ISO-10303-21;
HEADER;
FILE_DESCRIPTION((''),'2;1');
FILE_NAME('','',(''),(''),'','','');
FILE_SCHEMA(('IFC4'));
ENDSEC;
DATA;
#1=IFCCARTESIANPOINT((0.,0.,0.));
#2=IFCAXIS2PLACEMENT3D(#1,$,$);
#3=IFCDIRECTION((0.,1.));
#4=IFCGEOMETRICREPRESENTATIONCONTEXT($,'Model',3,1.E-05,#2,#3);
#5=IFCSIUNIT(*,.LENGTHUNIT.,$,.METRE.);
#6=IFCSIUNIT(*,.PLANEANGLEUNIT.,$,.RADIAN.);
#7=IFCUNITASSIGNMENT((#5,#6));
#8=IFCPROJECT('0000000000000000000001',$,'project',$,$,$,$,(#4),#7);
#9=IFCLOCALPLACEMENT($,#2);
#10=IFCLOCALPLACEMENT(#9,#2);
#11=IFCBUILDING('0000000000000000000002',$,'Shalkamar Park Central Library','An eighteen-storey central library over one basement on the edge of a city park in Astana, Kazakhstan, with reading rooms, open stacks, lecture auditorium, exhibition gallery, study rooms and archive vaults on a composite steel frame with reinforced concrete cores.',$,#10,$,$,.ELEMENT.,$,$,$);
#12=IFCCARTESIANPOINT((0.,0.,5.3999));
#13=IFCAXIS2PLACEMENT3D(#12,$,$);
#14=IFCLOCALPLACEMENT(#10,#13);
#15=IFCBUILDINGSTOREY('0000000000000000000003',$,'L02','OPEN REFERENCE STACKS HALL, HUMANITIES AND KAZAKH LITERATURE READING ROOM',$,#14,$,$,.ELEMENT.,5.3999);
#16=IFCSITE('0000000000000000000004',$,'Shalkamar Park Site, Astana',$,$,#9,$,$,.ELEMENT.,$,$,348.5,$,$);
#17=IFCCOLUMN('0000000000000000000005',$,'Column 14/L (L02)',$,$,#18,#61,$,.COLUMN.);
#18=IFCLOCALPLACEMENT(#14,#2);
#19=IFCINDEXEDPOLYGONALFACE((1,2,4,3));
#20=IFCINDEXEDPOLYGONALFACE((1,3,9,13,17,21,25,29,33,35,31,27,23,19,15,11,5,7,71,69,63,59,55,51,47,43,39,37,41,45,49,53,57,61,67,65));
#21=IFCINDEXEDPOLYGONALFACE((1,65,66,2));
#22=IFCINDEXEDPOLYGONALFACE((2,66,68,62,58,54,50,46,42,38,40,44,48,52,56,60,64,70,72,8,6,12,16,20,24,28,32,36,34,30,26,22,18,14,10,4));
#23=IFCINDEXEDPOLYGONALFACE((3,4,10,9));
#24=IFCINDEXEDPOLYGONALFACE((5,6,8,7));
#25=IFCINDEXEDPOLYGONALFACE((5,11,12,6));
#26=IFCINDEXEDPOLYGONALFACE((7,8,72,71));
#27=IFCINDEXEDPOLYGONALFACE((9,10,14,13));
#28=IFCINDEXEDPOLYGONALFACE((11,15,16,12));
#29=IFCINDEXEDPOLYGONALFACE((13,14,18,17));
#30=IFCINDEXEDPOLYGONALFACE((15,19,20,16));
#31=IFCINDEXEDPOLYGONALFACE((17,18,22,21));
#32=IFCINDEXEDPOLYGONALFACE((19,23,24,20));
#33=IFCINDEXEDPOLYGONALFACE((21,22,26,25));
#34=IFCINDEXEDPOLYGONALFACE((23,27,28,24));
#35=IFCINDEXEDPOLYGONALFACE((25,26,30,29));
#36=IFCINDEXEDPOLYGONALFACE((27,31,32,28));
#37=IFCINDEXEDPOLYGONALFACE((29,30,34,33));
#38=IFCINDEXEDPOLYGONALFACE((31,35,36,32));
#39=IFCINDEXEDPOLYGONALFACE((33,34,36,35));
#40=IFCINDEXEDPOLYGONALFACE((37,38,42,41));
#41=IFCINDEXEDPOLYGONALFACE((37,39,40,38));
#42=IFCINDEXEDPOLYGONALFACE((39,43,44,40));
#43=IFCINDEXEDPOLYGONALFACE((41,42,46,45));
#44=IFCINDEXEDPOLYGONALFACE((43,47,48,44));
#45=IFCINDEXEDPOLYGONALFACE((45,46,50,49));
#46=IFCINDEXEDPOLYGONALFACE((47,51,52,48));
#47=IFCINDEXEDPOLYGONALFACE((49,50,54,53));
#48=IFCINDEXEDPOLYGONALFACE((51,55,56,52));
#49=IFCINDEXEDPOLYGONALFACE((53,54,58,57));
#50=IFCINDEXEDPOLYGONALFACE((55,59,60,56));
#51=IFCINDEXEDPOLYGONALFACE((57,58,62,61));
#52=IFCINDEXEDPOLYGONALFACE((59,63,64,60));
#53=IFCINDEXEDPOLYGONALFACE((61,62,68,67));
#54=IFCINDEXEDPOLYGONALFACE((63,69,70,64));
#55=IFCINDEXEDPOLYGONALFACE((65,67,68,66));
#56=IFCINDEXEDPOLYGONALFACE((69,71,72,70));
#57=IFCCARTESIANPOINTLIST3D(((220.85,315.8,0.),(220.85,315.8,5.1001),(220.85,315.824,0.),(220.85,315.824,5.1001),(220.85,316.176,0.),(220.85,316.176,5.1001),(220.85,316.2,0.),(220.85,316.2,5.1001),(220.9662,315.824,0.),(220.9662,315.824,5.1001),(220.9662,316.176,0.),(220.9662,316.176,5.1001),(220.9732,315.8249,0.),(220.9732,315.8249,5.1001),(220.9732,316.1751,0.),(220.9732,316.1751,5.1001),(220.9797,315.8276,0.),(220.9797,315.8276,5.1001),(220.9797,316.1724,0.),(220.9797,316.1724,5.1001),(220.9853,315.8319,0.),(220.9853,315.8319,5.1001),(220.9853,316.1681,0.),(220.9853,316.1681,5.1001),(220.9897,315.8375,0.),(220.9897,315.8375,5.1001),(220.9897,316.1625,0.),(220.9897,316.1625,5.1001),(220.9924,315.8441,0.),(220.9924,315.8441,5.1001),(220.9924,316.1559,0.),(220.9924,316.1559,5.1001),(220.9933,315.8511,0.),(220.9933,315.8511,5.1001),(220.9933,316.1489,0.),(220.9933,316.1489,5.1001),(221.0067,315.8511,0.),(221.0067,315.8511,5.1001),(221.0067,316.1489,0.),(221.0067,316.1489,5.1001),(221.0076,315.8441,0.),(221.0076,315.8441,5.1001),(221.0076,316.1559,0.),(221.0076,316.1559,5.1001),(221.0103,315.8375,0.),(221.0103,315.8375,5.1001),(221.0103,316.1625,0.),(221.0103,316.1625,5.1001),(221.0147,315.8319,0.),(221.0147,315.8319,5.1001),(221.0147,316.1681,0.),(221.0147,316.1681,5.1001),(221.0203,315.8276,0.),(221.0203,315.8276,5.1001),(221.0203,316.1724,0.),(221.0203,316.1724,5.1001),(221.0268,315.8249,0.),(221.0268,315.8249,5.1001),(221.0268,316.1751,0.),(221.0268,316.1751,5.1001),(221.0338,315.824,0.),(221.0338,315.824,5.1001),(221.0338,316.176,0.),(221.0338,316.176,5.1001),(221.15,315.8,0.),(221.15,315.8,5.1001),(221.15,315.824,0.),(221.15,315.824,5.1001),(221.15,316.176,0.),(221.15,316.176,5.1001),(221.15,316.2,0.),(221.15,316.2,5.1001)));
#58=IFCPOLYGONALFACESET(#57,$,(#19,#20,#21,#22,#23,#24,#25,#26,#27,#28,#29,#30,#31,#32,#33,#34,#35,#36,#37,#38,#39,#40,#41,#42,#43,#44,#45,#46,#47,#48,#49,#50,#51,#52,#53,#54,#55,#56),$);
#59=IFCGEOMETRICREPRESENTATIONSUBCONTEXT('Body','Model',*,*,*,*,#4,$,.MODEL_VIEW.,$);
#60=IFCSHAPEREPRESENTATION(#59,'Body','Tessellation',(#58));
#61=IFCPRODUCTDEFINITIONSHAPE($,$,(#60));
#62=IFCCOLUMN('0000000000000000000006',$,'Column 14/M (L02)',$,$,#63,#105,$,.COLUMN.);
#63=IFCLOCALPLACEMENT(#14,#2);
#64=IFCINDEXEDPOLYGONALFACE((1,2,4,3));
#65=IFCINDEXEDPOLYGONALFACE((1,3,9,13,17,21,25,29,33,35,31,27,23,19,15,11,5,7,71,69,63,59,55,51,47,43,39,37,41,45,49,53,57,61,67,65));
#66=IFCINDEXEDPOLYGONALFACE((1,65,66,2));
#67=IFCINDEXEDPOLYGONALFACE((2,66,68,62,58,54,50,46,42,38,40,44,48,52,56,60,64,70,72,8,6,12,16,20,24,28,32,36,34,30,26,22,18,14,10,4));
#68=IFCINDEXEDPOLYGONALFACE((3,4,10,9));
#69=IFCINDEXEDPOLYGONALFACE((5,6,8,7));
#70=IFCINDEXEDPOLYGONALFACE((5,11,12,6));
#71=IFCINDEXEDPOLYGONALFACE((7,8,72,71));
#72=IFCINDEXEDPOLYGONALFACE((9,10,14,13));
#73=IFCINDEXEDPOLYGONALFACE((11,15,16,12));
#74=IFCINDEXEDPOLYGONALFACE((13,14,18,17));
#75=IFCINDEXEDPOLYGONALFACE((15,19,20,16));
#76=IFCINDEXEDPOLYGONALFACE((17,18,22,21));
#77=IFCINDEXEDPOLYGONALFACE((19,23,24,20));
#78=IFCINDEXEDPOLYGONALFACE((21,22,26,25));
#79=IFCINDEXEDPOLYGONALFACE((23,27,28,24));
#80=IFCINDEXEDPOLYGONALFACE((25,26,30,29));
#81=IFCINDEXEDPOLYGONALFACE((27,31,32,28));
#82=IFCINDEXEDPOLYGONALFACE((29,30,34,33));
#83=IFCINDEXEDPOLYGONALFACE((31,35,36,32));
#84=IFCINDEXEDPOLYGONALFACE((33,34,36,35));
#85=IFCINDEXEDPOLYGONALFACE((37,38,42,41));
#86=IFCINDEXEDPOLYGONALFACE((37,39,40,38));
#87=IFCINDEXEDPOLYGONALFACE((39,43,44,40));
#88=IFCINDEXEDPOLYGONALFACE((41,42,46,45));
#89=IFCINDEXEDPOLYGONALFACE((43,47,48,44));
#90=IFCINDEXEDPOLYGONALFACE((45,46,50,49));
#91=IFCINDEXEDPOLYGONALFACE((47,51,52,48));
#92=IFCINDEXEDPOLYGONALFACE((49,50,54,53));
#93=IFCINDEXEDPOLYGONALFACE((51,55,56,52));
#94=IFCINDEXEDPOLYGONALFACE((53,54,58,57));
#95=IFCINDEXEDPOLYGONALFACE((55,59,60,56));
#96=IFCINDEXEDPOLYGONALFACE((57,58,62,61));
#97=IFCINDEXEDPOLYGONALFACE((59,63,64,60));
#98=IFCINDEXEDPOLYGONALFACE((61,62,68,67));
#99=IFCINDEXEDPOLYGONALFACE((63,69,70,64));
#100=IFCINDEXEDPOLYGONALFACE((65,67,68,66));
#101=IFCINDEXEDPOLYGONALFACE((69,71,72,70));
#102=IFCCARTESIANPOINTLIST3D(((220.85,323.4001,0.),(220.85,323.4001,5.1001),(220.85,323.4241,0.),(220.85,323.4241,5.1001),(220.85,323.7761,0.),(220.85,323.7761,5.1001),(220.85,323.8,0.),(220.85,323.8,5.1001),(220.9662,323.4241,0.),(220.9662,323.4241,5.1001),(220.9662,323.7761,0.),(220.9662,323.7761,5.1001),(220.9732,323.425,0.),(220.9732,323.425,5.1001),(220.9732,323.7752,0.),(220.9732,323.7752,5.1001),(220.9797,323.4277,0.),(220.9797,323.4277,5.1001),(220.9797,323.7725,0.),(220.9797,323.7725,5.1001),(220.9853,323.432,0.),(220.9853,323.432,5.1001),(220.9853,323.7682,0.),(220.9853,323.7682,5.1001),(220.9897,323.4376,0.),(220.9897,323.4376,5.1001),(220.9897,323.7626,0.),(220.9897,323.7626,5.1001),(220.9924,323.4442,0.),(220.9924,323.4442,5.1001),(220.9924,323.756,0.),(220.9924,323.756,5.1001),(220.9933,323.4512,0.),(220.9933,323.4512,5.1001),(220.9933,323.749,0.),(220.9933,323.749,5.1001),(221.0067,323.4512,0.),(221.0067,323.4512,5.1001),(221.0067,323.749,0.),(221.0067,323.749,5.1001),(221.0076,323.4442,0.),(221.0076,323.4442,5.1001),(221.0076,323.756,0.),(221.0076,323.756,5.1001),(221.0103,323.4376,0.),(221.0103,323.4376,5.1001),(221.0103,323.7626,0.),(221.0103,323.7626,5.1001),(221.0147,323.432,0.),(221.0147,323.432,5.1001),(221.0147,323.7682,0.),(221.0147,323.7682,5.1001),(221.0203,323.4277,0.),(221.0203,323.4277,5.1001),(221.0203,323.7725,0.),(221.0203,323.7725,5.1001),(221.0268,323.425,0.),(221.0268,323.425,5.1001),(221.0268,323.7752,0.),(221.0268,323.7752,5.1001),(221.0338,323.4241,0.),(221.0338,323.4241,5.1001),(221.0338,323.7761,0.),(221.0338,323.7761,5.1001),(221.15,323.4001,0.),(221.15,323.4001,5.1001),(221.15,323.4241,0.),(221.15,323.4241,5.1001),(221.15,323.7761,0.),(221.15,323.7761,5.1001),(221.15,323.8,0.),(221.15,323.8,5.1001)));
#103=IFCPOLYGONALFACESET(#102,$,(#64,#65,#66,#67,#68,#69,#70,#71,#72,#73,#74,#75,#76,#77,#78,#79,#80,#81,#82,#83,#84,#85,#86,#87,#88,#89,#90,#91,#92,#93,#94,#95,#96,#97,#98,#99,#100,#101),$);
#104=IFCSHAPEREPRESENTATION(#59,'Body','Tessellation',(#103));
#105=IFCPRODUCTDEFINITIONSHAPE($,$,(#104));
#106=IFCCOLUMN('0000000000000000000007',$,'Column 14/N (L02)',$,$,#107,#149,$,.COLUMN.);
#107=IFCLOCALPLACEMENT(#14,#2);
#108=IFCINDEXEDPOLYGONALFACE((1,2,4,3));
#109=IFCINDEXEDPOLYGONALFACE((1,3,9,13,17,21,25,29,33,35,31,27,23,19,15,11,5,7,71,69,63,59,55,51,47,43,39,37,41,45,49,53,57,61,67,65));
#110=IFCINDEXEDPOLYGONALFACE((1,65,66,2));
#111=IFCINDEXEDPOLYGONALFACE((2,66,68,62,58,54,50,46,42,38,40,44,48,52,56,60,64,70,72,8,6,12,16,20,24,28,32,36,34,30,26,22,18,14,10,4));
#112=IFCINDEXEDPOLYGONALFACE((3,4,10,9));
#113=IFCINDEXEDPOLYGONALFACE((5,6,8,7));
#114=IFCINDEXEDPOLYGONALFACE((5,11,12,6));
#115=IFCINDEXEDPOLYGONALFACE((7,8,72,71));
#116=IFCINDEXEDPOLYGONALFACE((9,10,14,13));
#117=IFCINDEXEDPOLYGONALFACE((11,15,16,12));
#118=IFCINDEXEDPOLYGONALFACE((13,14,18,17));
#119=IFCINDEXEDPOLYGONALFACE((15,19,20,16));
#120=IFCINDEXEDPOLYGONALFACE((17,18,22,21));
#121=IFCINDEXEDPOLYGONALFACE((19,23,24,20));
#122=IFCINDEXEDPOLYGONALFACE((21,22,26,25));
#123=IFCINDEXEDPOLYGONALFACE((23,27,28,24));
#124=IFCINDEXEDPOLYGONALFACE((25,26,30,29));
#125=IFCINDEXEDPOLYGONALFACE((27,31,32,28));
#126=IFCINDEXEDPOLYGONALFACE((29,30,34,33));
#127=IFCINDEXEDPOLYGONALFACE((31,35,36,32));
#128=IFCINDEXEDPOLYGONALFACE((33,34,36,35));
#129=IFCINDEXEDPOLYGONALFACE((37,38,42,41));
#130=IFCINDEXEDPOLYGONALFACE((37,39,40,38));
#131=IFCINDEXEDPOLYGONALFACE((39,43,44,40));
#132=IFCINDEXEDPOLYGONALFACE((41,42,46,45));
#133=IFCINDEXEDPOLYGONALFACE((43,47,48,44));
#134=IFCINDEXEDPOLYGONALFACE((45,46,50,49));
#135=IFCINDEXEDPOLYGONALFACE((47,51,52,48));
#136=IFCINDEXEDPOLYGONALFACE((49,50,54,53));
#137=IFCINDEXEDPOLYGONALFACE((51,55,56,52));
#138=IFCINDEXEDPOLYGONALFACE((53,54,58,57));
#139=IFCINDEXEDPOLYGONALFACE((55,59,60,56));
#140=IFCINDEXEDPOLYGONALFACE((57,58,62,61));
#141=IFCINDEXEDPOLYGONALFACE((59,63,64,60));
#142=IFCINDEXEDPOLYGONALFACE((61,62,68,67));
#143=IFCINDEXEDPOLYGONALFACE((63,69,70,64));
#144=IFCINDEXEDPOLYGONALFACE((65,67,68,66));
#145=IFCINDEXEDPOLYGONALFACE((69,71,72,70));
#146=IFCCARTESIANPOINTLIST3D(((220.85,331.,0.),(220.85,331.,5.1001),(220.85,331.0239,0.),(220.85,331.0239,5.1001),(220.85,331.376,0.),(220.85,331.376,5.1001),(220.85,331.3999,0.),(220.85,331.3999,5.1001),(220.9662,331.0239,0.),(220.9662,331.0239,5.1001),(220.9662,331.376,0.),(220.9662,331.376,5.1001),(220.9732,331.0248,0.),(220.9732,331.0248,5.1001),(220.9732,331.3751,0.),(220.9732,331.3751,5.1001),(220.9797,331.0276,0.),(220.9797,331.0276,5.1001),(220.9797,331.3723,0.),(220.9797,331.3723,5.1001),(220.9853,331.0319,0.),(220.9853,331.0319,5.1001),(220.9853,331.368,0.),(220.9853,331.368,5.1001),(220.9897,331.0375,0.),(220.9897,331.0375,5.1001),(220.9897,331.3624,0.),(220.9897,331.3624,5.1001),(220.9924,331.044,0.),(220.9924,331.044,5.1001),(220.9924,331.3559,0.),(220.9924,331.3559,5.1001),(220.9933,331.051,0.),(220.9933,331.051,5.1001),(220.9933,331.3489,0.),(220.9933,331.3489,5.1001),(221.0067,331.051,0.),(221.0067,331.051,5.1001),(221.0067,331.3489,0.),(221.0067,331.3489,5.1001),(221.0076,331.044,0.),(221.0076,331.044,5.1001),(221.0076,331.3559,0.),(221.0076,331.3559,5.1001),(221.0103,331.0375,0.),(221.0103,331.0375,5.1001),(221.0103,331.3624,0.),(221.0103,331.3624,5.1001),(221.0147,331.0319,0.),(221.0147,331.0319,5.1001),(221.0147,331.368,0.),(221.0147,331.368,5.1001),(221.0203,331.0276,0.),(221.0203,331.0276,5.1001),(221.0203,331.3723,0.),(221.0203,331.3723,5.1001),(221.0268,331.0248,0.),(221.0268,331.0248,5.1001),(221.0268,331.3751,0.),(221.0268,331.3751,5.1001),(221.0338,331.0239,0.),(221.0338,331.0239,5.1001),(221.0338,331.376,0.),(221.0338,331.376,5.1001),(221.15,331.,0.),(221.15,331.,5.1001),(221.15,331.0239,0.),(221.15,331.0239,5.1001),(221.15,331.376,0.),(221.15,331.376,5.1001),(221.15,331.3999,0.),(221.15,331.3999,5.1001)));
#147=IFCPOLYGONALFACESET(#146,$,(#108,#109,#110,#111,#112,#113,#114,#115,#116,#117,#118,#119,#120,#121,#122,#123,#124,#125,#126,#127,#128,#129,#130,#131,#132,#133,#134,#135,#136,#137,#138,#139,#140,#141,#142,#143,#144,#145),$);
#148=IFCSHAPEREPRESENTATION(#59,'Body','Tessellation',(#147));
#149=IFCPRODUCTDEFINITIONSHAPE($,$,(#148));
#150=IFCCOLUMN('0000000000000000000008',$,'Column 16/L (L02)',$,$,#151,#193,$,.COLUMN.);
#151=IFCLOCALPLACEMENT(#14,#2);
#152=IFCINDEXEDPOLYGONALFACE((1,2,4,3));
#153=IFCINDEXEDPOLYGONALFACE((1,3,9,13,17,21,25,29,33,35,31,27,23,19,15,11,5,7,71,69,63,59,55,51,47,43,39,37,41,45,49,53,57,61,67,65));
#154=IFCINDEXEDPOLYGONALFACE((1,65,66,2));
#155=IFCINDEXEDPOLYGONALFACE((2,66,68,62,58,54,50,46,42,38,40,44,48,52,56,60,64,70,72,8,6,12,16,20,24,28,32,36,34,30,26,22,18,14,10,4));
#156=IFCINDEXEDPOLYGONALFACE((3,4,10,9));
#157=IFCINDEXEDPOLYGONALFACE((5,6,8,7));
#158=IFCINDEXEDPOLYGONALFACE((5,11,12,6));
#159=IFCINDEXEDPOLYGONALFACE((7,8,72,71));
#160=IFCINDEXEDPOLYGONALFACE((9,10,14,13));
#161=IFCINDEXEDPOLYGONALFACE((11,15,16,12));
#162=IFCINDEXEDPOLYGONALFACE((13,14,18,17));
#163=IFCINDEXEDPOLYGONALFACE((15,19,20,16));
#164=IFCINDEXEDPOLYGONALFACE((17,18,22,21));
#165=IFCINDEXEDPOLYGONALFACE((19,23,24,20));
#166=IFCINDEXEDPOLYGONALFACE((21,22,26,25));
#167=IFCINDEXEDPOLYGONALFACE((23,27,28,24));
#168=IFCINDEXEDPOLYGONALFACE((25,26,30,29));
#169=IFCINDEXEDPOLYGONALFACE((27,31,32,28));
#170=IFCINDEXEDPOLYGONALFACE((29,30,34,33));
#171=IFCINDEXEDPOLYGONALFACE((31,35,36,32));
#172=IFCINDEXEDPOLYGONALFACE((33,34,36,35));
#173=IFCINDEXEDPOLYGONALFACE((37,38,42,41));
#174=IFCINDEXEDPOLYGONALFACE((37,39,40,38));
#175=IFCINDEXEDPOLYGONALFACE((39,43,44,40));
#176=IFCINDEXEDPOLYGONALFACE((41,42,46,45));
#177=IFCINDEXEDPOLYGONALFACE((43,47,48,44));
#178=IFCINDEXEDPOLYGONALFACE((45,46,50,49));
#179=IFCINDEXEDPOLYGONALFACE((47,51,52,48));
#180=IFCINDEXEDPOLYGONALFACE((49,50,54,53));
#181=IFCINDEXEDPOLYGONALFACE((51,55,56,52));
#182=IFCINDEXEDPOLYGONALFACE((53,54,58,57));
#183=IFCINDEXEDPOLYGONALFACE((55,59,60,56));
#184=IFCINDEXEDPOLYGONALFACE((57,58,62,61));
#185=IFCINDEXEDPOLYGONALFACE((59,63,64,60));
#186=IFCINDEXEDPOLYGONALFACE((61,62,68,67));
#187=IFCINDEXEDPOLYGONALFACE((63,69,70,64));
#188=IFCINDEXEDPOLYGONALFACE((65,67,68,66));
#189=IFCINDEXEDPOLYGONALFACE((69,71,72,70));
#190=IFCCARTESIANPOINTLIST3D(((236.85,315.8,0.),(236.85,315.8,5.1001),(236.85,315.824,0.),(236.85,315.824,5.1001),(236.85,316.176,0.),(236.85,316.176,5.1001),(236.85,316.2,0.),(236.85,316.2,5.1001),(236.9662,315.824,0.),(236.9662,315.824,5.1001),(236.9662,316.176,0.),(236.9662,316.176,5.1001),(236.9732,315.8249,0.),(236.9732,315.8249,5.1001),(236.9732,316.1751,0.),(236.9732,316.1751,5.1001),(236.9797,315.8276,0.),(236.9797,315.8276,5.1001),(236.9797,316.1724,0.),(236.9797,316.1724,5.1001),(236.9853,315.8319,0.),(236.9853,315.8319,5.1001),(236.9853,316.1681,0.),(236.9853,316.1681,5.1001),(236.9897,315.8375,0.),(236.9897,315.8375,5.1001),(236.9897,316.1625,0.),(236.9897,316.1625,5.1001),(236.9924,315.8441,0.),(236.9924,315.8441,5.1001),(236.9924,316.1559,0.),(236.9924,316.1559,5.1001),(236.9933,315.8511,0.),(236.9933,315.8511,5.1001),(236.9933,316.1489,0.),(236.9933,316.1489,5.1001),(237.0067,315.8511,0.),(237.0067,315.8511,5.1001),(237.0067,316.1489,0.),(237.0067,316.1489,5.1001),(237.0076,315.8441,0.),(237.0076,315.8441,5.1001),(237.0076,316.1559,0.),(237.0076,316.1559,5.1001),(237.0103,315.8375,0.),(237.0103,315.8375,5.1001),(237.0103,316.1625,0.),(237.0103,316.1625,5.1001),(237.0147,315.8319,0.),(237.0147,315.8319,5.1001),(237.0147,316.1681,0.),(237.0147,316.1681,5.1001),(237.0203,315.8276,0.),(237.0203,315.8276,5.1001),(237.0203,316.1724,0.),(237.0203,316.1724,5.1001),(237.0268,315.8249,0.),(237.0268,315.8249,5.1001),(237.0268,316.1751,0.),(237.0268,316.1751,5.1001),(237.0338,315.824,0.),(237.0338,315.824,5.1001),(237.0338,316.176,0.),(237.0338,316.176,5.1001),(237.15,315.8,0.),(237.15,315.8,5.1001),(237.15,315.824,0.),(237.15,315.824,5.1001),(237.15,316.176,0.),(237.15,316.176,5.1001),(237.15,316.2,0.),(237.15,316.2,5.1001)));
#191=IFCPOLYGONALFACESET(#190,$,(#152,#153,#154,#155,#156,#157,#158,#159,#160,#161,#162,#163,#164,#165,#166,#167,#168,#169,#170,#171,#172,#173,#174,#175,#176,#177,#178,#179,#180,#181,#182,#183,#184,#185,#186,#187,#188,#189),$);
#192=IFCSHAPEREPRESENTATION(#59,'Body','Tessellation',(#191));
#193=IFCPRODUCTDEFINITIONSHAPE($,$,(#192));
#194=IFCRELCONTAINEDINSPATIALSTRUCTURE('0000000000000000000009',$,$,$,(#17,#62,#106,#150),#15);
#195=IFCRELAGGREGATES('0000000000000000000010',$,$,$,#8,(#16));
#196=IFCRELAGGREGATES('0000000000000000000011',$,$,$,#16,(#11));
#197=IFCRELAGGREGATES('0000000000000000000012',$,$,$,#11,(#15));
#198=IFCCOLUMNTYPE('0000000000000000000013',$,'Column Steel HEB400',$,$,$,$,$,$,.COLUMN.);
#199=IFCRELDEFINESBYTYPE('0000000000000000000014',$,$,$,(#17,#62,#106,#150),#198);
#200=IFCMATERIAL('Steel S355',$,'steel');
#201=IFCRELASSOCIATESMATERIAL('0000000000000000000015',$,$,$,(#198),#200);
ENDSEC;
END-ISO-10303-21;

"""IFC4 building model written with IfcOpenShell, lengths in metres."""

from ifc_helpers import new_model, si_unit, direction, frame, origin, origin_2d, place, context, subcontext, project, spatial, i_section, extrude, material, material_profile, profile_set, type_object, element, save


model = new_model("IFC4")

# Units and contexts
model_context = context("Model", 3, precision=1e-05, world=origin(), true_north=direction((0.0, 1.0)))
body_context = subcontext(model_context, "Body", "Model", "MODEL_VIEW")
ifc_project = project(units=[si_unit("LENGTHUNIT", "METRE"), si_unit("PLANEANGLEUNIT", "RADIAN")], contexts=[model_context])

# Site, building, storey
site_placement = place(None, origin())
site = spatial("IfcSite", under=ifc_project, at=site_placement, Name="Shalkamar Park Site, Astana", CompositionType="ELEMENT", RefElevation=348.5)
building_placement = place(site_placement, origin())
building = spatial("IfcBuilding", under=site, at=building_placement, Name="Shalkamar Park Central Library", Description="An eighteen-storey central library over one basement on the edge of a city park in Astana, Kazakhstan, with reading rooms, open stacks, lecture auditorium, exhibition gallery, study rooms and archive vaults on a composite steel frame with reinforced concrete cores.", CompositionType="ELEMENT")
storey_placement = place(building_placement, frame((0.0, 0.0, 5.3999)))
storey = spatial("IfcBuildingStorey", under=building, at=storey_placement, Name="L02", Description="OPEN REFERENCE STACKS HALL, HUMANITIES AND KAZAKH LITERATURE READING ROOM", CompositionType="ELEMENT", Elevation=5.3999)

# Columns
ifc_material = material(Name="Steel S355", Category="steel")
ifc_material_profile_1 = material_profile(ifc_material, i_section(OverallWidth=0.3, OverallDepth=0.3999, WebThickness=0.0134, FlangeThickness=0.0239, FilletRadius=0.0271, at=origin_2d()), Name="HEB 400")
ifc_profile_set_1 = profile_set([ifc_material_profile_1], Name="Steel S355")
column_type_1 = type_object("IfcColumnType", Name="Column Steel HEB400", PredefinedType="COLUMN", material=ifc_profile_set_1)
for number, where, z_axis, x_axis, name in (
    (1, (221.0, 316.0, 0.0), (0.0, 0.0, 1.0), (1.0, 0.0, 0.0), "Column 14/L (L02)"),
    (2, (221.0, 323.6001, 0.0), (0.0, 0.0, 1.0), (1.0, 0.0, 0.0), "Column 14/M (L02)"),
    (3, (221.0, 331.2, 0.0), (0.0, 0.0, 1.0), (1.0, 0.0, 0.0), "Column 14/N (L02)"),
    (4, (237.0, 316.0, 0.0), (0.0, 0.0, 1.0), (1.0, 0.0, 0.0), "Column 16/L (L02)"),
):
    element("IfcColumn", number, at=place(storey_placement, frame(where, z_axis=z_axis, x_axis=x_axis)), inside=storey, type_object=column_type_1, Name=name, PredefinedType="COLUMN", context=body_context, shape_type="SweptSolid", body=[
        extrude(i_section(OverallWidth=0.3, OverallDepth=0.3999, WebThickness=0.0134, FlangeThickness=0.0239, FilletRadius=0.0271, at=origin_2d()), origin(), (0.0, 0.0, 1.0), 5.1001),
    ])

save(model, "model.ifc")
